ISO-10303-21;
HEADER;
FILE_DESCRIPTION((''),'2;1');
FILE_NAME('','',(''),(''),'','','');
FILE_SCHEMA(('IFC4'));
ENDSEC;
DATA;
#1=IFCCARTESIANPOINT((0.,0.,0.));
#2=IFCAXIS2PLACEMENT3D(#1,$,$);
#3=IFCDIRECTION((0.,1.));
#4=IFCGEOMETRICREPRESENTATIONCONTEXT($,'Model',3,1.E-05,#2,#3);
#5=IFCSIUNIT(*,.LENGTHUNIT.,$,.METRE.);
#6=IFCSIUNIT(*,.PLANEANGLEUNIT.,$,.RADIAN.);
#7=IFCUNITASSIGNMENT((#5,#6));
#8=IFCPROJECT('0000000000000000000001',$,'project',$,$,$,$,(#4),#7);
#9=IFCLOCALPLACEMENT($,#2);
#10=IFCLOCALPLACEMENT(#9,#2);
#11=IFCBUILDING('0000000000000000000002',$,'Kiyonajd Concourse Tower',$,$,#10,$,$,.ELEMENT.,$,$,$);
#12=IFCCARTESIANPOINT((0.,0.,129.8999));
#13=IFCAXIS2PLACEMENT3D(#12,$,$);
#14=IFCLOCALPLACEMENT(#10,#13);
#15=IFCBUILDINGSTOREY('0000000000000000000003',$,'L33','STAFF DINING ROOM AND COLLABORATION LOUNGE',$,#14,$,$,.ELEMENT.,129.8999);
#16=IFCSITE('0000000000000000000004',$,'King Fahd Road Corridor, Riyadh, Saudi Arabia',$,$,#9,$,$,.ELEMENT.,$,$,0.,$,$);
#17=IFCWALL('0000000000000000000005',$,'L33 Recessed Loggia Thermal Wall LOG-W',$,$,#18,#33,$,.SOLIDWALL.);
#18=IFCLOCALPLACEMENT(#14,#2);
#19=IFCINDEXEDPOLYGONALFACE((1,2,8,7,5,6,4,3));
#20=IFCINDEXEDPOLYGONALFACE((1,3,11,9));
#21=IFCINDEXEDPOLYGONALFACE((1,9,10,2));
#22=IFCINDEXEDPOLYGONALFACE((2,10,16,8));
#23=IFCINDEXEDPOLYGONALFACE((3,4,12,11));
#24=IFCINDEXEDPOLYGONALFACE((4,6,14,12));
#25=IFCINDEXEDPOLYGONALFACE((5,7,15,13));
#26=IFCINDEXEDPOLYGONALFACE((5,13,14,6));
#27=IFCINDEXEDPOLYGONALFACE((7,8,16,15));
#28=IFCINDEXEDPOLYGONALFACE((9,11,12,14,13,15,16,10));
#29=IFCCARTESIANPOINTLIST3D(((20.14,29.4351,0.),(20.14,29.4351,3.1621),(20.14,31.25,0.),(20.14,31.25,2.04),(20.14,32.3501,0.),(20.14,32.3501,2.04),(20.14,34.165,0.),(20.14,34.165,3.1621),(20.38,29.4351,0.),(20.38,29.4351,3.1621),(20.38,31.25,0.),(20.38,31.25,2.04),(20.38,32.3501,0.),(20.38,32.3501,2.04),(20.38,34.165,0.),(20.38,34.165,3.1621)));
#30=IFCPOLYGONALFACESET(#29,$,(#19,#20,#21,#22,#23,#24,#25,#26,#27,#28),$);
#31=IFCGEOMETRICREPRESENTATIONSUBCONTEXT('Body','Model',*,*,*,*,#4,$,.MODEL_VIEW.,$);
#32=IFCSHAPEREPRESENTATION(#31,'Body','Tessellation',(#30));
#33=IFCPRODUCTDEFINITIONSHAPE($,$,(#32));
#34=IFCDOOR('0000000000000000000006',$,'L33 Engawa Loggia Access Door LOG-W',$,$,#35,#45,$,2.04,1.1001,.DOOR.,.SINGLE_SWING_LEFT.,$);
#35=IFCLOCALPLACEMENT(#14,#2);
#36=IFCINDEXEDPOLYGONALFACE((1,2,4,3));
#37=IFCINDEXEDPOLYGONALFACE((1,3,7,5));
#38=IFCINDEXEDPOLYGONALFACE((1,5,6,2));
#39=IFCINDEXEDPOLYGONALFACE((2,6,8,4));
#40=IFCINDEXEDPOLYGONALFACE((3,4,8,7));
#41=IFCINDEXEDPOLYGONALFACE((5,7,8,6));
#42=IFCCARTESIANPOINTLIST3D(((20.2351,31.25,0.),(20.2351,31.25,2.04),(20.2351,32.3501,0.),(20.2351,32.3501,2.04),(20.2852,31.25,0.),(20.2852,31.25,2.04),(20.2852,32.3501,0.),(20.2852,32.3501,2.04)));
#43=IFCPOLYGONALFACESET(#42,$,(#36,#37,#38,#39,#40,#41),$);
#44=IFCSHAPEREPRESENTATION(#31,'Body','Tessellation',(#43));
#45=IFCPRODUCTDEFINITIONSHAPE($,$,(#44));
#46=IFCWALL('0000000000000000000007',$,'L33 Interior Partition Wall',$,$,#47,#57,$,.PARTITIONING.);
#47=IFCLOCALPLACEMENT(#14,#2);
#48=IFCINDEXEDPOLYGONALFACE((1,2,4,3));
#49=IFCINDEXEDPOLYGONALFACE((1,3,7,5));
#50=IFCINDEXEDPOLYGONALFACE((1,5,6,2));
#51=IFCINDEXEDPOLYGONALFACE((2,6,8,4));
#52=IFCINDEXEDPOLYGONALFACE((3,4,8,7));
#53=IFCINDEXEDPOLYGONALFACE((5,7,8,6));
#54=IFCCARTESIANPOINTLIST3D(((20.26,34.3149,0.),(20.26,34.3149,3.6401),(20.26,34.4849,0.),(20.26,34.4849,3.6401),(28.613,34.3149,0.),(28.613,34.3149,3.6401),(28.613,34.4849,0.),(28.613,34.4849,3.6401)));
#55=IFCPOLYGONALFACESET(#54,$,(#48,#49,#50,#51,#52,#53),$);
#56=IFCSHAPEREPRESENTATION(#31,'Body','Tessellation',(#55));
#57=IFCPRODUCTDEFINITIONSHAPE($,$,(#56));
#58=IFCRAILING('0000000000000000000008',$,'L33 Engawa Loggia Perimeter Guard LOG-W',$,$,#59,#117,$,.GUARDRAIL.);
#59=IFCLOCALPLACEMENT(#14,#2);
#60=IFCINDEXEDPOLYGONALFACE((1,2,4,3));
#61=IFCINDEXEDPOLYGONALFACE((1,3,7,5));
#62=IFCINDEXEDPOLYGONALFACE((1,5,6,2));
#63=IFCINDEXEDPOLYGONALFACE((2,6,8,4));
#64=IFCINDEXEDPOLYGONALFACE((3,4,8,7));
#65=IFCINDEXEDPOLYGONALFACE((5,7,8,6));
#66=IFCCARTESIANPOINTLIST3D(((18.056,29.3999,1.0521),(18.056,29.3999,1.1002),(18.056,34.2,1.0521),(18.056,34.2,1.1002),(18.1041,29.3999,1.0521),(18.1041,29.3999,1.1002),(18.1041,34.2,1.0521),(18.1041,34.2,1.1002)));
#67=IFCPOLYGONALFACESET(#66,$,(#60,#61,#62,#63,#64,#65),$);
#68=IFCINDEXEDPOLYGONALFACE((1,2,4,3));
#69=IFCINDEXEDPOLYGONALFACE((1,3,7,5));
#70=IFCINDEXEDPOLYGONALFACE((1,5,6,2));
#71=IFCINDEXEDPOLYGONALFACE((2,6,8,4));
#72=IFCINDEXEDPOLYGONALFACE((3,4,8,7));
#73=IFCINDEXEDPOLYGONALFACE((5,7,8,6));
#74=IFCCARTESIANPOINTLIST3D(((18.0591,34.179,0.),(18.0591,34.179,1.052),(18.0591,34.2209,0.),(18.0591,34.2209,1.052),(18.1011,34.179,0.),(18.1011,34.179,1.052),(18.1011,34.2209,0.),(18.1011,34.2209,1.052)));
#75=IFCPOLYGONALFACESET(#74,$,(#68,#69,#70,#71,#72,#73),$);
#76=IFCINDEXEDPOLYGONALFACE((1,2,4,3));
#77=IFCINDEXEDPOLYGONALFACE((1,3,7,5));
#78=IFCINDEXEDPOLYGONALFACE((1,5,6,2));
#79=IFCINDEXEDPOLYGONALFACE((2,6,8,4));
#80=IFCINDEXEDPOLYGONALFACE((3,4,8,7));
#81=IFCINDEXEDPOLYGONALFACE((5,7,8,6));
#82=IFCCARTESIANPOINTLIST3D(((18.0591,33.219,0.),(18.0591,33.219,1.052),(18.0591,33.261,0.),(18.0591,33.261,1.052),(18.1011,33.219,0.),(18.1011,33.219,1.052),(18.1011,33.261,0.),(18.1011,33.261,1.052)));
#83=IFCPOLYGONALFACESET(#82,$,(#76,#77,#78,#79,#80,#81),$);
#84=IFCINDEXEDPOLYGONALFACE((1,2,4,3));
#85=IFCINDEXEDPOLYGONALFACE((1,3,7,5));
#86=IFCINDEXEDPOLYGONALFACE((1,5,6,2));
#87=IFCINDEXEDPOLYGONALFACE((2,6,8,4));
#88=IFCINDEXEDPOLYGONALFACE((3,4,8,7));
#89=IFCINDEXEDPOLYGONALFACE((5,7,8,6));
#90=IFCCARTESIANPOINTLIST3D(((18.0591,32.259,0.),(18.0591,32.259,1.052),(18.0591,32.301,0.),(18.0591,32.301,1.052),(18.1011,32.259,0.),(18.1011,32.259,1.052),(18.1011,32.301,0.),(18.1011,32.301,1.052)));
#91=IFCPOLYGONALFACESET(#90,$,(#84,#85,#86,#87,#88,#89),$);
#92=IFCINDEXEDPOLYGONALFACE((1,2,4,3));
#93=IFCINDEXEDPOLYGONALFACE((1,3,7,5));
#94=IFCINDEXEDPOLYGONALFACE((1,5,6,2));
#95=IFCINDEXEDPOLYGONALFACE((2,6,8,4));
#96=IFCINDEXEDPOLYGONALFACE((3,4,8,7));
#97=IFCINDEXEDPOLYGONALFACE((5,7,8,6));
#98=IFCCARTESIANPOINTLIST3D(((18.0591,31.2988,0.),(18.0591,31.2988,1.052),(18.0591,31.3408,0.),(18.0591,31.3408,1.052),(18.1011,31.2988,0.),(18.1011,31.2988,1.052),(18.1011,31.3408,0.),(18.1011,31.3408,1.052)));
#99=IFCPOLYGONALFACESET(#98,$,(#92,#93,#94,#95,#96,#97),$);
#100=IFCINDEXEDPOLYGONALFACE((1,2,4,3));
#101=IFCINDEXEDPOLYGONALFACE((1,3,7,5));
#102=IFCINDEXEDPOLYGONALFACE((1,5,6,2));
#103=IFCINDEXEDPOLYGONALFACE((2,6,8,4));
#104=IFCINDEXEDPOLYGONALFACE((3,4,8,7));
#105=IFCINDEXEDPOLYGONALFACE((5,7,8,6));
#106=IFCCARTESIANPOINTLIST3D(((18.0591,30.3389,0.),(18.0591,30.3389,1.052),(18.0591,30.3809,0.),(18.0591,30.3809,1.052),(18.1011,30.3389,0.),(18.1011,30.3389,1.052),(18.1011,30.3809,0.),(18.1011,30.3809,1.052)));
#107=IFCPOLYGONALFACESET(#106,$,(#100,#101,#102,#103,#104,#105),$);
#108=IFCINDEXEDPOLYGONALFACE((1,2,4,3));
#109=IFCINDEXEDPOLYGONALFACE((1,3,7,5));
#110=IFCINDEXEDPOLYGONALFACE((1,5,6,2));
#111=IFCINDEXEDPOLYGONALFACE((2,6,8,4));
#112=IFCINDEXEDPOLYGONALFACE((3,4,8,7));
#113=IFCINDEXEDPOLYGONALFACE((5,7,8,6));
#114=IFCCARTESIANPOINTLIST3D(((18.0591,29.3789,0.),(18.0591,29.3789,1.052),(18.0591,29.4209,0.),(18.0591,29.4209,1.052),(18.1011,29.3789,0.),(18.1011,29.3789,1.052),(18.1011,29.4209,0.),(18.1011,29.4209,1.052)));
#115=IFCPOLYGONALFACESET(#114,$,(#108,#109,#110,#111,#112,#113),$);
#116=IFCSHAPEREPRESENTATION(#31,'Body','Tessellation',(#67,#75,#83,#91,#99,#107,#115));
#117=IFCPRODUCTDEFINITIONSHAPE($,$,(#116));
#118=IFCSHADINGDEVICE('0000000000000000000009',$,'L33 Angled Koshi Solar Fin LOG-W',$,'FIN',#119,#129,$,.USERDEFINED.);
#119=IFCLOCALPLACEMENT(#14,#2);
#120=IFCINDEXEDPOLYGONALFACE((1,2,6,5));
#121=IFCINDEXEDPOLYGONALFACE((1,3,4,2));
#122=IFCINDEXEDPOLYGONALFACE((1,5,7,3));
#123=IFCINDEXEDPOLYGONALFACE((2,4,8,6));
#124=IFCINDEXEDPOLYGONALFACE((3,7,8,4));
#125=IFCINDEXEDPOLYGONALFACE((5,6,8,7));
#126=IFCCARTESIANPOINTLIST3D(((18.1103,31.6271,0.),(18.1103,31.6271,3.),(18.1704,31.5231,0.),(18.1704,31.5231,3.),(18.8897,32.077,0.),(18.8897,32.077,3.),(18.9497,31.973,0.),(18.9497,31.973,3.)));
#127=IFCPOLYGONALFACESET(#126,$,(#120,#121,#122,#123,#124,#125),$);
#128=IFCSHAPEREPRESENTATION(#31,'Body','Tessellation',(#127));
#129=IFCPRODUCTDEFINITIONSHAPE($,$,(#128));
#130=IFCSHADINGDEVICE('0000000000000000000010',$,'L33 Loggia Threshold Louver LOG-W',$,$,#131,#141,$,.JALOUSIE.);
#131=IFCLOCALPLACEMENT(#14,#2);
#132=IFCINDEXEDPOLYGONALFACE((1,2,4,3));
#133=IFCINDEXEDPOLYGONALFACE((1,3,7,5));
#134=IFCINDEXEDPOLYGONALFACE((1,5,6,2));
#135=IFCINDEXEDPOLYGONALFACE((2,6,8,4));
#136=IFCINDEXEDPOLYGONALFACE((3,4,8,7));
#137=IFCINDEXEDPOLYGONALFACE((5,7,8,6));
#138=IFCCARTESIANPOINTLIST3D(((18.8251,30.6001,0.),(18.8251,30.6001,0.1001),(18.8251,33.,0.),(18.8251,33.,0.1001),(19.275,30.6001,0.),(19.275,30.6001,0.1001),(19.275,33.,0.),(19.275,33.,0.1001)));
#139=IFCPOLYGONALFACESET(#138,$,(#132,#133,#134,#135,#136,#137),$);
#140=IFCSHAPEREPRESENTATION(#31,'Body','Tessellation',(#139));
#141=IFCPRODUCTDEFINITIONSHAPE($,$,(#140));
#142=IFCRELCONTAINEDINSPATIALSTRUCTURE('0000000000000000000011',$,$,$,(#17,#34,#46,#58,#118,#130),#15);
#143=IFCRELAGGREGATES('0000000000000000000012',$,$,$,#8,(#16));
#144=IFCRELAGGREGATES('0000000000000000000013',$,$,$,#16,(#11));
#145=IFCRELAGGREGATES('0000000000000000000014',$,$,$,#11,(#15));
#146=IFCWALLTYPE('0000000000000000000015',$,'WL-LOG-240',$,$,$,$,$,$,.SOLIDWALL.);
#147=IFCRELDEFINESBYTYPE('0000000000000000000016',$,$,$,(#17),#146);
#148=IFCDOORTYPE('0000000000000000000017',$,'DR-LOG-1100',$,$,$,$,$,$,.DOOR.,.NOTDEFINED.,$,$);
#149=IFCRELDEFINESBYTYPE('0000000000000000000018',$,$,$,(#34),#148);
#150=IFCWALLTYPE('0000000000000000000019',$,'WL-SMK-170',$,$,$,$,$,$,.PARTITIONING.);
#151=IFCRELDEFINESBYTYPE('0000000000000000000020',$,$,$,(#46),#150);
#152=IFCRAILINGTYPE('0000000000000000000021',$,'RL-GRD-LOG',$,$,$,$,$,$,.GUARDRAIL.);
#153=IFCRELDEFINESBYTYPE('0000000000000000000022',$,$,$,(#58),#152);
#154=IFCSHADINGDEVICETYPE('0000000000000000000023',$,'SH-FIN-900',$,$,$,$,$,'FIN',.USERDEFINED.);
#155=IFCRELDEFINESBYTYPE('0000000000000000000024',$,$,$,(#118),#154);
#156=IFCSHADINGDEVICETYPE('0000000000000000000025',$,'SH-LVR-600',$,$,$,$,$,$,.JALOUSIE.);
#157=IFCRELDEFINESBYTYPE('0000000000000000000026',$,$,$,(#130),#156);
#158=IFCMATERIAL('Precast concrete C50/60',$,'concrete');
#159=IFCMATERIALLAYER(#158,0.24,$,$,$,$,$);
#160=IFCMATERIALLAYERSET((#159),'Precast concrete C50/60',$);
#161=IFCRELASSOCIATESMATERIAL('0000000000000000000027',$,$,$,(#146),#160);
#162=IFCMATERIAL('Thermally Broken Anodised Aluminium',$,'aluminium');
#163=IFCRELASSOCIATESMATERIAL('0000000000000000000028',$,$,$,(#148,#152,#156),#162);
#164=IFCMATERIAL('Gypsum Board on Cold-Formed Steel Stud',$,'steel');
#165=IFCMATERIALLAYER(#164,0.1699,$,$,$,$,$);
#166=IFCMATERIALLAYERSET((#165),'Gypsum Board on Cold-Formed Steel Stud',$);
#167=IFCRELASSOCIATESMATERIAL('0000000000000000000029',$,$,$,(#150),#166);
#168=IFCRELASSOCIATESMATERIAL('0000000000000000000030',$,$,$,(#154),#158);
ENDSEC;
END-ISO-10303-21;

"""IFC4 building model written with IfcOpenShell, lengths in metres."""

from ifc_helpers import new_model, si_unit, direction, frame, frame_2d, origin, origin_2d, place, context, subcontext, project, spatial, rectangle, extrude, material, layer, layer_set, type_object, element, fill, save


model = new_model("IFC4")

# Units and contexts
model_context = context("Model", 3, precision=1e-05, world=origin(), true_north=direction((0.0, 1.0)))
body_context = subcontext(model_context, "Body", "Model", "MODEL_VIEW")
ifc_project = project(units=[si_unit("LENGTHUNIT", "METRE"), si_unit("PLANEANGLEUNIT", "RADIAN")], contexts=[model_context])

# Site, building, storey
site_placement = place(None, origin())
site = spatial("IfcSite", under=ifc_project, at=site_placement, Name="King Fahd Road Corridor, Riyadh, Saudi Arabia", CompositionType="ELEMENT", RefElevation=0.0)
building_placement = place(site_placement, origin())
building = spatial("IfcBuilding", under=site, at=building_placement, Name="Kiyonajd Concourse Tower", CompositionType="ELEMENT")
storey_placement = place(building_placement, frame((0.0, 0.0, 129.8999)))
storey = spatial("IfcBuildingStorey", under=building, at=storey_placement, Name="L33", Description="STAFF DINING ROOM AND COLLABORATION LOUNGE", CompositionType="ELEMENT", Elevation=129.8999)

# Shared definitions
ifc_material_1 = material(Name="Precast concrete C50/60", Category="concrete")

# Shared definitions
ifc_material_2 = material(Name="Thermally Broken Anodised Aluminium", Category="aluminium")

# Wall, opening, door
ifc_layer_1 = layer(ifc_material_1, 0.24)
ifc_layer_set_1 = layer_set([ifc_layer_1], Name="Precast concrete C50/60")
wall_type_1 = type_object("IfcWallType", Name="WL-LOG-240", PredefinedType="SOLIDWALL", material=ifc_layer_set_1)
wall_1_placement = place(storey_placement, frame((20.26, 29.4351, 0.0), z_axis=(0.0, 0.0, 1.0), x_axis=(0.0, 1.0, 0.0)))
wall_1 = element("IfcWall", 1, at=wall_1_placement, inside=storey, type_object=wall_type_1, Name="L33 Recessed Loggia Thermal Wall LOG-W", PredefinedType="SOLIDWALL", context=body_context, shape_type="SweptSolid", body=[
    extrude(rectangle(XDim=4.73, YDim=0.24, at=frame_2d((2.365, 0.0))), origin(), (0.0, 0.0, 1.0), 3.1621),
])
opening_placement = place(wall_1_placement, frame((1.8149, 0.0, 0.0)))
opening = element("IfcOpeningElement", 2, at=opening_placement, cuts=wall_1, PredefinedType="OPENING", context=body_context, shape_type="SweptSolid", body=[
    extrude(rectangle(XDim=1.1001, YDim=2.04, at=frame_2d((0.55, 1.02))), frame((0.0, 0.1299, 0.0), z_axis=(0.0, -1.0, 0.0), x_axis=(1.0, 0.0, 0.0)), (0.0, 0.0, 1.0), 0.26),
])
door_type = type_object("IfcDoorType", Name="DR-LOG-1100", OperationType="NOTDEFINED", PredefinedType="DOOR", material=ifc_material_2)
door_placement = place(opening_placement, origin())
door = element("IfcDoor", 3, at=door_placement, inside=storey, type_object=door_type, Name="L33 Engawa Loggia Access Door LOG-W", OperationType="SINGLE_SWING_LEFT", OverallHeight=2.04, OverallWidth=1.1001, PredefinedType="DOOR", context=body_context, shape_type="SweptSolid", body=[
    extrude(rectangle(XDim=1.1001, YDim=2.04, at=frame_2d((0.55, 1.02))), frame((0.0, 0.0249, 0.0), z_axis=(0.0, -1.0, 0.0), x_axis=(1.0, 0.0, 0.0)), (0.0, 0.0, 1.0), 0.05),
])
fill(opening, door)

# Wall
ifc_material_3 = material(Name="Gypsum Board on Cold-Formed Steel Stud", Category="steel")
ifc_layer_2 = layer(ifc_material_3, 0.1699)
ifc_layer_set_2 = layer_set([ifc_layer_2], Name="Gypsum Board on Cold-Formed Steel Stud")
wall_type_2 = type_object("IfcWallType", Name="WL-SMK-170", PredefinedType="PARTITIONING", material=ifc_layer_set_2)
wall_2_placement = place(storey_placement, frame((20.26, 34.3999, 0.0), z_axis=(0.0, 0.0, 1.0), x_axis=(1.0, 0.0, 0.0)))
element("IfcWall", 4, at=wall_2_placement, inside=storey, type_object=wall_type_2, Name="L33 Interior Partition Wall", PredefinedType="PARTITIONING", context=body_context, shape_type="SweptSolid", body=[
    extrude(rectangle(XDim=8.353, YDim=0.1699, at=frame_2d((4.1765, 0.0))), origin(), (0.0, 0.0, 1.0), 3.6401),
])

# Railing
railing_type = type_object("IfcRailingType", Name="RL-GRD-LOG", PredefinedType="GUARDRAIL", material=ifc_material_2)
railing_placement = place(storey_placement, frame((18.0801, 34.2, 0.0)))
element("IfcRailing", 5, at=railing_placement, inside=storey, type_object=railing_type, Name="L33 Engawa Loggia Perimeter Guard LOG-W", PredefinedType="GUARDRAIL", context=body_context, shape_type="SweptSolid", body=[
    extrude(rectangle(XDim=0.0481, YDim=0.0481, at=origin_2d()), frame((0.0, 0.0, 1.0762), z_axis=(0.0, -1.0, 0.0), x_axis=(1.0, 0.0, 0.0)), (0.0, 0.0, 1.0), 4.8),
    extrude(rectangle(XDim=0.042, YDim=0.042, at=origin_2d()), origin(), (0.0, 0.0, 1.0), 1.052),
    extrude(rectangle(XDim=0.042, YDim=0.042, at=origin_2d()), frame((0.0, -0.96, 0.0)), (0.0, 0.0, 1.0), 1.052),
    extrude(rectangle(XDim=0.042, YDim=0.042, at=origin_2d()), frame((0.0, -1.9199, 0.0)), (0.0, 0.0, 1.0), 1.052),
    extrude(rectangle(XDim=0.042, YDim=0.042, at=origin_2d()), frame((0.0, -2.8801, 0.0)), (0.0, 0.0, 1.0), 1.052),
    extrude(rectangle(XDim=0.042, YDim=0.042, at=origin_2d()), frame((0.0, -3.8401, 0.0)), (0.0, 0.0, 1.0), 1.052),
    extrude(rectangle(XDim=0.042, YDim=0.042, at=origin_2d()), frame((0.0, -4.8, 0.0)), (0.0, 0.0, 1.0), 1.052),
])

# Shading devices
shading_device_type_1 = type_object("IfcShadingDeviceType", Name="SH-FIN-900", ElementType="FIN", PredefinedType="USERDEFINED", material=ifc_material_1)
shading_device_1_placement = place(storey_placement, frame((18.53, 31.8, 0.0), z_axis=(0.0, 0.0, 1.0), x_axis=(0.866025, 0.5, 0.0)))
element("IfcShadingDevice", 6, at=shading_device_1_placement, inside=storey, type_object=shading_device_type_1, Name="L33 Angled Koshi Solar Fin LOG-W", ObjectType="FIN", PredefinedType="USERDEFINED", context=body_context, shape_type="SweptSolid", body=[
    extrude(rectangle(XDim=0.8999, YDim=0.1201, at=origin_2d()), origin(), (0.0, 0.0, 1.0), 3.0),
])
shading_device_type_2 = type_object("IfcShadingDeviceType", Name="SH-LVR-600", PredefinedType="JALOUSIE", material=ifc_material_2)
shading_device_2_placement = place(storey_placement, frame((19.05, 31.8, 0.0), z_axis=(0.0, 0.0, 1.0), x_axis=(0.0, 1.0, 0.0)))
element("IfcShadingDevice", 7, at=shading_device_2_placement, inside=storey, type_object=shading_device_type_2, Name="L33 Loggia Threshold Louver LOG-W", PredefinedType="JALOUSIE", context=body_context, shape_type="SweptSolid", body=[
    extrude(rectangle(XDim=2.3999, YDim=0.45, at=origin_2d()), origin(), (0.0, 0.0, 1.0), 0.1001),
])

save(model, "model.ifc")
